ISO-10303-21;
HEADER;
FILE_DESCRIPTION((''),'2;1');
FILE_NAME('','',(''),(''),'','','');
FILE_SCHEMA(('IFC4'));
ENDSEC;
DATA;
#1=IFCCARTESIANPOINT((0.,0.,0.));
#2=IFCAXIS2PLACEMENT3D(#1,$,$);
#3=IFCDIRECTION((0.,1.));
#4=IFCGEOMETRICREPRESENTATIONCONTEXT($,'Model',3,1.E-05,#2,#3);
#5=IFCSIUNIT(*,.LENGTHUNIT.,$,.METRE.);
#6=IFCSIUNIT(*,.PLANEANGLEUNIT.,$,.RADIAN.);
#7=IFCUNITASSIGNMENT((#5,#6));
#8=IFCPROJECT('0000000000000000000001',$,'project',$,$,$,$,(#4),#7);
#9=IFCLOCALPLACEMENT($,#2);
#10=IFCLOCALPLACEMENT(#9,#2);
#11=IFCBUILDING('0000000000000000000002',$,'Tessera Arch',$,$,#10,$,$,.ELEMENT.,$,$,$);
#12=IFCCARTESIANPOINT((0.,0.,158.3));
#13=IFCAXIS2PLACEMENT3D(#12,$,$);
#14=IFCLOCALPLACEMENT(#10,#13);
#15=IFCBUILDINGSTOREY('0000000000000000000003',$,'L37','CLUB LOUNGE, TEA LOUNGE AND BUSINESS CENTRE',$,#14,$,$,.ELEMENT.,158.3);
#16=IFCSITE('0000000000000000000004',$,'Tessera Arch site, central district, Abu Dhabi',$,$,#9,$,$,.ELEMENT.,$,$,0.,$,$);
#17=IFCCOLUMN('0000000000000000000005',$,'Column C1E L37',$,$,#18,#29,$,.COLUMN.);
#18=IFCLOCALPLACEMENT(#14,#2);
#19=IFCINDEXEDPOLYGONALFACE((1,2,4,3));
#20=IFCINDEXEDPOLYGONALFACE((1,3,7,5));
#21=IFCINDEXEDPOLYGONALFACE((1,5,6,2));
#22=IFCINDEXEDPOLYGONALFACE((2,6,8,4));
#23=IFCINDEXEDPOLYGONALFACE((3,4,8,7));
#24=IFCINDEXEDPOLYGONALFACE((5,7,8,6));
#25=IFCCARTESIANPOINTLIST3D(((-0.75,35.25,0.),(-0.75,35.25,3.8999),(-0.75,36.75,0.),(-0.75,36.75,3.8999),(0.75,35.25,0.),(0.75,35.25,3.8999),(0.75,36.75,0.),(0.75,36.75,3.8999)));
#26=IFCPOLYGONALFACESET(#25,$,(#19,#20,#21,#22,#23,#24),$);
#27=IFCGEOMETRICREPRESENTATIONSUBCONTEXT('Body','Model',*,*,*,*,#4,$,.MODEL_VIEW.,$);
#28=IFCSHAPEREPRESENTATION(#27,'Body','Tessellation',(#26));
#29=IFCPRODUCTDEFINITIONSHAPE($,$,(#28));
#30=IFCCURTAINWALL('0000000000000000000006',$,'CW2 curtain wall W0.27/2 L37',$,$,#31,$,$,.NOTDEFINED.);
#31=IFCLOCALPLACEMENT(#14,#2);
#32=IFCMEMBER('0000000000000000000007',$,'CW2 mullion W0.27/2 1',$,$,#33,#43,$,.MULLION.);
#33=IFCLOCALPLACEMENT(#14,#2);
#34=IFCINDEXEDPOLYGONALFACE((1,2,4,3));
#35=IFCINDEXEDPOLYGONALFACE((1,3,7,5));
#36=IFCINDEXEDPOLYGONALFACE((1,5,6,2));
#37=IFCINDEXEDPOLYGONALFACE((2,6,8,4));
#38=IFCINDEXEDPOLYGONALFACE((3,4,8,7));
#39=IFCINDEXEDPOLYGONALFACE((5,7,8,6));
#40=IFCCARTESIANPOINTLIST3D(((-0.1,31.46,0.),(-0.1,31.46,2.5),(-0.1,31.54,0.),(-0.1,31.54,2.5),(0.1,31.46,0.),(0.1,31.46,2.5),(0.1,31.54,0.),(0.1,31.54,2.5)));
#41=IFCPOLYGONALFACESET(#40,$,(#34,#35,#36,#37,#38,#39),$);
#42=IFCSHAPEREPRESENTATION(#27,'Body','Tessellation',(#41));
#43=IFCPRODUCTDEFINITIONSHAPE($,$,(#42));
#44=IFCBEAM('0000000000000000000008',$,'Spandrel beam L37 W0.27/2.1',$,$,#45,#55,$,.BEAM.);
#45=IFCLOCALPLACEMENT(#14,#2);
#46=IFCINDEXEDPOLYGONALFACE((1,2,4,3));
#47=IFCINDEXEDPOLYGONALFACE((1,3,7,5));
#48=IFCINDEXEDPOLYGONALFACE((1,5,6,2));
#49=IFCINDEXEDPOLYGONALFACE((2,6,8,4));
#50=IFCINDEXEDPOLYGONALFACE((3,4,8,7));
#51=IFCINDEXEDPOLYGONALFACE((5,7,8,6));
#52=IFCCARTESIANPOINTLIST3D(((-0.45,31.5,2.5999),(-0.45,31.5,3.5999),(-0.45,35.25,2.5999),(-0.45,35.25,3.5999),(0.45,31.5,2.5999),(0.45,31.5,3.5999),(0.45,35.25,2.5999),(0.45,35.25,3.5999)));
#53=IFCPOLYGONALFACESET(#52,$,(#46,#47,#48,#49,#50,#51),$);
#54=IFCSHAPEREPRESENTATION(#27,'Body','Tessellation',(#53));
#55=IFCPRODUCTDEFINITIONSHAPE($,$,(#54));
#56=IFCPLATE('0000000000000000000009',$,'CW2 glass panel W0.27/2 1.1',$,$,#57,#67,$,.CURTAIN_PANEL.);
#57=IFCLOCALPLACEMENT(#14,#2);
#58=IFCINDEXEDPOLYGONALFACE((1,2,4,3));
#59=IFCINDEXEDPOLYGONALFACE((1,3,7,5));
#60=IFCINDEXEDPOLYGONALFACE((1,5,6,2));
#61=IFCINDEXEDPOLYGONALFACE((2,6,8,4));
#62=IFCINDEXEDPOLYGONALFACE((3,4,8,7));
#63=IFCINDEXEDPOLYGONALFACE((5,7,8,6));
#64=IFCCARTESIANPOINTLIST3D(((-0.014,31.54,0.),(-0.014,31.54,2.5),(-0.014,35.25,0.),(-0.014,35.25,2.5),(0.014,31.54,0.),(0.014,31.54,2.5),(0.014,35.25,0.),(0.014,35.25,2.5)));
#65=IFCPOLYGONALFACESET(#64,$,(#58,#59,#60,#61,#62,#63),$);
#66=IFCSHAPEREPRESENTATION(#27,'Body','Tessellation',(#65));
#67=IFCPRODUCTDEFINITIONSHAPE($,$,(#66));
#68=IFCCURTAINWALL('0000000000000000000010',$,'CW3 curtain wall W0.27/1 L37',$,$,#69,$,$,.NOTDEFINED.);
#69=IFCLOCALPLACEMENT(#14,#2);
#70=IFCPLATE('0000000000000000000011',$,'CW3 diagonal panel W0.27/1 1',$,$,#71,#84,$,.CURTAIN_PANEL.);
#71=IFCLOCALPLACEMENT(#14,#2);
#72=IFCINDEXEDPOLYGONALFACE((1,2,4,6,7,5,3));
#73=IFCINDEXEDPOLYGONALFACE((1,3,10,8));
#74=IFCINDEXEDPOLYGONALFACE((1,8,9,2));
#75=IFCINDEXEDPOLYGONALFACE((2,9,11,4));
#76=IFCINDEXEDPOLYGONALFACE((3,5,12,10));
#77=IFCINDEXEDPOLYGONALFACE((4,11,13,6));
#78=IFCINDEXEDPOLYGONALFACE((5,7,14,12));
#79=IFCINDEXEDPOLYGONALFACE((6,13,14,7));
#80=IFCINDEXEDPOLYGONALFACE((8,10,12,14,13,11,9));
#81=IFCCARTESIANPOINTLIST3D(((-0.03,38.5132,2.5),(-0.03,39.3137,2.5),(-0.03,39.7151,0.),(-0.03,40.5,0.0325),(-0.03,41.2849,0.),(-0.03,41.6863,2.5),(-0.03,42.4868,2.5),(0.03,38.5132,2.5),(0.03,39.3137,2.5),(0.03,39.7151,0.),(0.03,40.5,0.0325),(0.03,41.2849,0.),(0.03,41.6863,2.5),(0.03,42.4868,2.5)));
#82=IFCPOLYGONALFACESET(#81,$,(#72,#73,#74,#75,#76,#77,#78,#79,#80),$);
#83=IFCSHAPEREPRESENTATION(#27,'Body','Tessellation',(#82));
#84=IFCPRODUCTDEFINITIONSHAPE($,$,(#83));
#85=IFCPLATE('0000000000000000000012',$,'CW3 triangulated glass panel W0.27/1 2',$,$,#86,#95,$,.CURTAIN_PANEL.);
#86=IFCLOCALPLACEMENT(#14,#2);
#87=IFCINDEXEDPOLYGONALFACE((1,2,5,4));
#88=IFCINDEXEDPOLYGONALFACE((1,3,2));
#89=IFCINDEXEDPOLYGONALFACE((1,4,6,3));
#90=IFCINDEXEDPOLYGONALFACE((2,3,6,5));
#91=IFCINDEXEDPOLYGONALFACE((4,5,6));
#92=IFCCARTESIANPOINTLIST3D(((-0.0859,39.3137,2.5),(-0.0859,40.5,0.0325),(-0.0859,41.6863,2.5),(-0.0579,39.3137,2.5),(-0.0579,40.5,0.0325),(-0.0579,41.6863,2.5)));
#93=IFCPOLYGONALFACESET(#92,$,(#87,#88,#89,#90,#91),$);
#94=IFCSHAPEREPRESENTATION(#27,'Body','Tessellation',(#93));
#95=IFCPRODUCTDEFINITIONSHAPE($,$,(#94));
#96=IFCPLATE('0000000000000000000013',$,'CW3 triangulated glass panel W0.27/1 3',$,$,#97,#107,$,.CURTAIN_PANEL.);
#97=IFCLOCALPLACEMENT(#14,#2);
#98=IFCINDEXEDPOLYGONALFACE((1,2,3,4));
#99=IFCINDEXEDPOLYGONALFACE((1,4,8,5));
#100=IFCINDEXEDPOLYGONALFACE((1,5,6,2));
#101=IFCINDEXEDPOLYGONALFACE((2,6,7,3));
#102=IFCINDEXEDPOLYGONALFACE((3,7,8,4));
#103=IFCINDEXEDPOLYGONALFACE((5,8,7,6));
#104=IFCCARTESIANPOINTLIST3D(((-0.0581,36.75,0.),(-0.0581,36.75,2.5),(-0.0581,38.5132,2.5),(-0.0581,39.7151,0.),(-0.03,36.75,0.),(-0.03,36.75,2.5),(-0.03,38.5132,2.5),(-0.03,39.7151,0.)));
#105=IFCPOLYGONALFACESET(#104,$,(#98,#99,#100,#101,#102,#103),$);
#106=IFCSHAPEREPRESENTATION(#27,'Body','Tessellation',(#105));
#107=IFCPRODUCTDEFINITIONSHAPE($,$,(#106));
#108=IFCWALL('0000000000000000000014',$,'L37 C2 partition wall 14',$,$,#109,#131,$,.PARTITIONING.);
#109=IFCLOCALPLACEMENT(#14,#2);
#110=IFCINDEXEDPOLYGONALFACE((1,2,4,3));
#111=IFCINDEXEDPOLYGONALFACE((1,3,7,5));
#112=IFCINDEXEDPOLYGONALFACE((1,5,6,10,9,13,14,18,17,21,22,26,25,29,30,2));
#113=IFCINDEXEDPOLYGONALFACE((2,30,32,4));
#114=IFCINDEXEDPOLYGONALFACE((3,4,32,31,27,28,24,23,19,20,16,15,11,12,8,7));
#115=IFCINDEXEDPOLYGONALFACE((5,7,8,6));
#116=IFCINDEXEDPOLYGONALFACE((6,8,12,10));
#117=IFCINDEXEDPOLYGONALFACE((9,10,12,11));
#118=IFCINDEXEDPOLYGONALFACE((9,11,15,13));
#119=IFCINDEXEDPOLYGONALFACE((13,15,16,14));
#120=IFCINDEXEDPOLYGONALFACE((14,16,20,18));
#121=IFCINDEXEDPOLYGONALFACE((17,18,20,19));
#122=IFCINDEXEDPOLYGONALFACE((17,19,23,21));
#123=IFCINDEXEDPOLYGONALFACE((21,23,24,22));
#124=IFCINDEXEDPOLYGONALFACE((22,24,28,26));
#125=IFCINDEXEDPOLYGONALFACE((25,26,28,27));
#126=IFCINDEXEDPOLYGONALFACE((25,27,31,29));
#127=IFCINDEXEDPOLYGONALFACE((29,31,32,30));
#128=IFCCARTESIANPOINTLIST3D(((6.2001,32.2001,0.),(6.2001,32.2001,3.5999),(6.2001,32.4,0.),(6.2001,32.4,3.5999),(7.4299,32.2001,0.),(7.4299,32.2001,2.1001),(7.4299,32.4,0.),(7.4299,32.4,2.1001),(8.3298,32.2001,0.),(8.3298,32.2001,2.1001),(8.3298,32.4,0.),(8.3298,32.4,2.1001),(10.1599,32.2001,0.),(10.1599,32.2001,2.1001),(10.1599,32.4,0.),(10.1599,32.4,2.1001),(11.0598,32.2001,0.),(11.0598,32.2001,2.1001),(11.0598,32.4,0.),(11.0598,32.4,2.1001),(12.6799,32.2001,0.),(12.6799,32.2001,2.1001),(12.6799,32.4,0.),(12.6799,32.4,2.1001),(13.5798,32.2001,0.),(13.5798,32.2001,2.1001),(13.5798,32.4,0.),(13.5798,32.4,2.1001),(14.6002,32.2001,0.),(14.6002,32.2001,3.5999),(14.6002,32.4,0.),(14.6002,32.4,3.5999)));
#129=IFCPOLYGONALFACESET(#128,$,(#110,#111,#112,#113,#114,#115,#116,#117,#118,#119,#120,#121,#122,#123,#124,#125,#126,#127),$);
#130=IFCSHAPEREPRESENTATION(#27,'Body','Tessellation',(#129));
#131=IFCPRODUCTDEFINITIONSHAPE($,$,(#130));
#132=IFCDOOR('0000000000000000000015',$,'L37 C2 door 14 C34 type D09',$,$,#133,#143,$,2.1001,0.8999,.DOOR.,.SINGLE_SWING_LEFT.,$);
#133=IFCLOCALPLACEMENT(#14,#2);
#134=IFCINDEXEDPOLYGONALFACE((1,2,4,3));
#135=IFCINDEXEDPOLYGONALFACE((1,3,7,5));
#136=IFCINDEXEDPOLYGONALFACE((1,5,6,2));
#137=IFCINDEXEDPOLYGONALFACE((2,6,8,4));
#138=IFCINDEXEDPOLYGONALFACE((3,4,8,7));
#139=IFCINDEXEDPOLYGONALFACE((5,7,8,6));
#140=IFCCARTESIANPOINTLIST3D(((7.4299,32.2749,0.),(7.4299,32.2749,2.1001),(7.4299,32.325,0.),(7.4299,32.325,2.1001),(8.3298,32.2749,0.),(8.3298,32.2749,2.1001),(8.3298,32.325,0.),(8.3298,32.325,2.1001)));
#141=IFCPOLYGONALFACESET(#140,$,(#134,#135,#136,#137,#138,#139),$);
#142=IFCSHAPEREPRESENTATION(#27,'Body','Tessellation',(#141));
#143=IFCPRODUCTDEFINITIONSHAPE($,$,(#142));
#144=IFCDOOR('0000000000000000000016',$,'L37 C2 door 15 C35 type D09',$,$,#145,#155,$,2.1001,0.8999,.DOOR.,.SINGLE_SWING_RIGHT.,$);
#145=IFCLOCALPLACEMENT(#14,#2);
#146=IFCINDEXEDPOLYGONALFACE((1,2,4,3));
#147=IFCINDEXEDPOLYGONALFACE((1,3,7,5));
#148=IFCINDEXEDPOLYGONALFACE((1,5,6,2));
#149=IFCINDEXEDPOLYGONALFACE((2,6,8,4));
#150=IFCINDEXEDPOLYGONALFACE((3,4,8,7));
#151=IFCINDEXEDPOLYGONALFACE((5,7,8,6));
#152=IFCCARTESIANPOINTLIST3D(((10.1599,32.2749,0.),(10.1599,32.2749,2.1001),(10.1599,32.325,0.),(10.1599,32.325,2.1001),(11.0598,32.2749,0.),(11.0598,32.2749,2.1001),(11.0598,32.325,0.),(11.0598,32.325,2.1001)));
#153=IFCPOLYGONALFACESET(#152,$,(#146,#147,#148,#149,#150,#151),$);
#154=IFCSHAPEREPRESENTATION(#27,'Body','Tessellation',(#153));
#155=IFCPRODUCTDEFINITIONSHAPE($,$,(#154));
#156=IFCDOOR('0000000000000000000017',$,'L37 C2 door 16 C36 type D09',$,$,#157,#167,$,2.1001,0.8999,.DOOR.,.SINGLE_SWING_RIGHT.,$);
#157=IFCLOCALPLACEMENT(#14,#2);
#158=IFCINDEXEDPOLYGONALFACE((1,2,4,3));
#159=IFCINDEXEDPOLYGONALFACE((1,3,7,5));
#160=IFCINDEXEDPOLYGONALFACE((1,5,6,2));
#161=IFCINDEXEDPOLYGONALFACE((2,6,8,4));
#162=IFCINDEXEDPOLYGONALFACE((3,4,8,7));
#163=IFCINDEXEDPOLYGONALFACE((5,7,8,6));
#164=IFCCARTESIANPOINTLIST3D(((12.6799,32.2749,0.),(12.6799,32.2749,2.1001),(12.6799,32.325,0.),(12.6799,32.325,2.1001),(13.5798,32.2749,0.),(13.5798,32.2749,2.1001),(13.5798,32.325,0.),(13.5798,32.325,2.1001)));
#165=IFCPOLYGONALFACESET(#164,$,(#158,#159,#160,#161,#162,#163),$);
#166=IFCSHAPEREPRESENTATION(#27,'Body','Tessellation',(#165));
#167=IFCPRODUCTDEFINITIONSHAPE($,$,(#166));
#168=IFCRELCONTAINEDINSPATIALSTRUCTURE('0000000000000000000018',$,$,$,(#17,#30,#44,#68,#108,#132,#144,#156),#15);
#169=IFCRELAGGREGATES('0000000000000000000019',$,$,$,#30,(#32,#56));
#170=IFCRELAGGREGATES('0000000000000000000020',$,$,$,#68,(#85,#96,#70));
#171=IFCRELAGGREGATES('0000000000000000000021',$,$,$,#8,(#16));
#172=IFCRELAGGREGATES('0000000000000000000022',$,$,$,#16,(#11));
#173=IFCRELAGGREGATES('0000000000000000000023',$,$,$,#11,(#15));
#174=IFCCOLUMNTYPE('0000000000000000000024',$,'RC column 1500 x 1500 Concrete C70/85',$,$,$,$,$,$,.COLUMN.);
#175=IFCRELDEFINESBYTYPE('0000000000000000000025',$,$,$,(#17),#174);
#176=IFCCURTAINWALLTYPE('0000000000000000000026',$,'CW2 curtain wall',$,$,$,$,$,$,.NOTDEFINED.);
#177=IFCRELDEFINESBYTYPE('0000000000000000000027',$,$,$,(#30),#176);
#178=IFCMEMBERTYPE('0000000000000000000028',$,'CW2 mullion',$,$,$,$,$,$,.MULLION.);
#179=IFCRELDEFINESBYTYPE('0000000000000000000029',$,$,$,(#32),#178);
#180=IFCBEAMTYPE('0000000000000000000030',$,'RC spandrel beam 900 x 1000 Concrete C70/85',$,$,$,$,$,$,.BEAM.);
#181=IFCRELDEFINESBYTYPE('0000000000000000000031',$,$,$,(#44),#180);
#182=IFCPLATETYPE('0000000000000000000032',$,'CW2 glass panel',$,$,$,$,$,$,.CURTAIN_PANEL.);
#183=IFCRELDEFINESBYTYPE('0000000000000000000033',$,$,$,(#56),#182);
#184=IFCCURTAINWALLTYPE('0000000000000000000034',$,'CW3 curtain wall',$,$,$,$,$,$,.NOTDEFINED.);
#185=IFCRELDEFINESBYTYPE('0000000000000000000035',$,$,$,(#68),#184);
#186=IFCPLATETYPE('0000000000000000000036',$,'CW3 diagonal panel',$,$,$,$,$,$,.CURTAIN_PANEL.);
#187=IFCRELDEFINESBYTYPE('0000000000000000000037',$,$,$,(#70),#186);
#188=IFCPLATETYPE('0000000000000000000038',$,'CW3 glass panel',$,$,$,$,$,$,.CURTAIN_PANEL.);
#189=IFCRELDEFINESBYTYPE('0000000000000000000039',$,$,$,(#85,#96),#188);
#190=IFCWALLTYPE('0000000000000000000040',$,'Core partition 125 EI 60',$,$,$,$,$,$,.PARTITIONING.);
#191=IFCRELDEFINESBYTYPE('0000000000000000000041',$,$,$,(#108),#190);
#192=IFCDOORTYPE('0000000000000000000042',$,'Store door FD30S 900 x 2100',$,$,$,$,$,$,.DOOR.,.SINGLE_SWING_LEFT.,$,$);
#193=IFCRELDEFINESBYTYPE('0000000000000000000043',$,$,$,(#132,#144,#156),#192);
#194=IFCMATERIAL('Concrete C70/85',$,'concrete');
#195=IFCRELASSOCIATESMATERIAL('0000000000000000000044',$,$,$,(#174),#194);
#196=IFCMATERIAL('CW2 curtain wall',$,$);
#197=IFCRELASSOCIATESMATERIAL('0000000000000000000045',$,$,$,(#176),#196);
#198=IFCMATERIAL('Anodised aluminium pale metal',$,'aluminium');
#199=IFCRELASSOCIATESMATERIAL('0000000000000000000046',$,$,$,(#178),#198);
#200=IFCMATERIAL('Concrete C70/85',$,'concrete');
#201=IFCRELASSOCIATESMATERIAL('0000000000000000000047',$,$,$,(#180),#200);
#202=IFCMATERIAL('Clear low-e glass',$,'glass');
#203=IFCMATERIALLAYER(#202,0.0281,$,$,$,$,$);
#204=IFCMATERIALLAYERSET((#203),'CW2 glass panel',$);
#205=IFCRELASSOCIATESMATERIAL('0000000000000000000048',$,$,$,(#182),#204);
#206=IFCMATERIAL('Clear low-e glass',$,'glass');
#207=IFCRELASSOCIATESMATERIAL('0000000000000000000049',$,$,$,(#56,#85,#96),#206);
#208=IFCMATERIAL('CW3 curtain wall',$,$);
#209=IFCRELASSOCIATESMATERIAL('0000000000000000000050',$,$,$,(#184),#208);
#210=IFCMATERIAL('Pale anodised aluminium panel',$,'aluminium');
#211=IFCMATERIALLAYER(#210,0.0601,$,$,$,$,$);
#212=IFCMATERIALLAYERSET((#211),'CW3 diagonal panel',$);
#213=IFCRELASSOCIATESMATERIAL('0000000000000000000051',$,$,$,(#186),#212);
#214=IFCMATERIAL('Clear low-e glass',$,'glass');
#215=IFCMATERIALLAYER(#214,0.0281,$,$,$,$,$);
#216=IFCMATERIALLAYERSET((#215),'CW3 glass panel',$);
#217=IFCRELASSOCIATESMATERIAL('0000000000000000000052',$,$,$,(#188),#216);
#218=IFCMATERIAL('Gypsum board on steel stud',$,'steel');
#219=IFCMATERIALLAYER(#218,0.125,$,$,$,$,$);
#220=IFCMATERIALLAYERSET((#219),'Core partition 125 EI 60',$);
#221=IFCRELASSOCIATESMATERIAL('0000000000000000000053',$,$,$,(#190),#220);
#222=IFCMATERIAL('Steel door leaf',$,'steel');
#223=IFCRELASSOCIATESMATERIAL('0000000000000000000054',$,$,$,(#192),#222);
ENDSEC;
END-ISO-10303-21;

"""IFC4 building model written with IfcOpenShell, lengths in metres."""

from ifc_helpers import new_model, si_unit, direction, frame, frame_2d, origin, origin_2d, place, context, subcontext, project, spatial, polyline, rectangle, outline, extrude, material, layer, layer_set, material_profile, profile_set, type_object, element, fill, aggregate, save


model = new_model("IFC4")

# Units and contexts
model_context = context("Model", 3, precision=1e-05, world=origin(), true_north=direction((0.0, 1.0)))
body_context = subcontext(model_context, "Body", "Model", "MODEL_VIEW")
ifc_project = project(units=[si_unit("LENGTHUNIT", "METRE"), si_unit("PLANEANGLEUNIT", "RADIAN")], contexts=[model_context])

# Site, building, storey
site_placement = place(None, origin())
site = spatial("IfcSite", under=ifc_project, at=site_placement, Name="Tessera Arch site, central district, Abu Dhabi", CompositionType="ELEMENT", RefElevation=0.0)
building_placement = place(site_placement, origin())
building = spatial("IfcBuilding", under=site, at=building_placement, Name="Tessera Arch", CompositionType="ELEMENT")
storey_placement = place(building_placement, frame((0.0, 0.0, 158.3)))
storey = spatial("IfcBuildingStorey", under=building, at=storey_placement, Name="L37", Description="CLUB LOUNGE, TEA LOUNGE AND BUSINESS CENTRE", CompositionType="ELEMENT", Elevation=158.3)

# Column
ifc_material_1 = material(Name="Concrete C70/85", Category="concrete")
ifc_material_profile_1 = material_profile(ifc_material_1, rectangle(XDim=1.5, YDim=1.5, at=origin_2d()), Name="RC column 1500 x 1500 Concrete C70/85")
ifc_profile_set_1 = profile_set([ifc_material_profile_1], Name="Concrete C70/85")
column_type = type_object("IfcColumnType", Name="RC column 1500 x 1500 Concrete C70/85", PredefinedType="COLUMN", material=ifc_profile_set_1)
column_placement = place(storey_placement, frame((0.0, 36.0, 0.0), z_axis=(0.0, 0.0, 1.0), x_axis=(1.0, 0.0, 0.0)))
element("IfcColumn", 1, at=column_placement, inside=storey, type_object=column_type, Name="Column C1E L37", PredefinedType="COLUMN", context=body_context, shape_type="SweptSolid", body=[
    extrude(rectangle(XDim=1.5, YDim=1.5, at=origin_2d()), origin(), (0.0, 0.0, 1.0), 3.8999),
])

# Curtain wall, member
ifc_material_2 = material(Name="CW2 curtain wall")
curtain_wall_type_1 = type_object("IfcCurtainWallType", Name="CW2 curtain wall", PredefinedType="NOTDEFINED", material=ifc_material_2)
curtain_wall_1_placement = place(storey_placement, origin())
curtain_wall_1 = element("IfcCurtainWall", 2, at=curtain_wall_1_placement, inside=storey, type_object=curtain_wall_type_1, Name="CW2 curtain wall W0.27/2 L37", PredefinedType="NOTDEFINED")
ifc_material_3 = material(Name="Anodised aluminium pale metal", Category="aluminium")
ifc_material_profile_2 = material_profile(ifc_material_3, rectangle(XDim=0.2, YDim=0.0801, at=origin_2d()), Name="AL 80x200")
ifc_profile_set_2 = profile_set([ifc_material_profile_2], Name="Anodised aluminium pale metal")
member_type = type_object("IfcMemberType", Name="CW2 mullion", PredefinedType="MULLION", material=ifc_profile_set_2)
member_placement = place(storey_placement, frame((0.0, 31.5, 0.0), z_axis=(0.0, 0.0, 1.0), x_axis=(1.0, 0.0, 0.0)))
member = element("IfcMember", 3, at=member_placement, type_object=member_type, Name="CW2 mullion W0.27/2 1", PredefinedType="MULLION", context=body_context, shape_type="SweptSolid", body=[
    extrude(rectangle(XDim=0.2, YDim=0.0801, at=origin_2d()), origin(), (0.0, 0.0, 1.0), 2.5),
])

# Beam
ifc_material_4 = material(Name="Concrete C70/85", Category="concrete")
ifc_material_profile_3 = material_profile(ifc_material_4, rectangle(XDim=0.8999, YDim=1.0, at=origin_2d()), Name="RC spandrel beam 900 x 1000 Concrete C70/85")
ifc_profile_set_3 = profile_set([ifc_material_profile_3], Name="Concrete C70/85")
beam_type = type_object("IfcBeamType", Name="RC spandrel beam 900 x 1000 Concrete C70/85", PredefinedType="BEAM", material=ifc_profile_set_3)
beam_placement = place(storey_placement, frame((0.0, 35.25, 3.0999), z_axis=(0.0, -1.0, 0.0), x_axis=(1.0, 0.0, 0.0)))
element("IfcBeam", 4, at=beam_placement, inside=storey, type_object=beam_type, Name="Spandrel beam L37 W0.27/2.1", PredefinedType="BEAM", context=body_context, shape_type="SweptSolid", body=[
    extrude(rectangle(XDim=0.8999, YDim=1.0, at=origin_2d()), origin(), (0.0, 0.0, 1.0), 3.75),
])

# Plate
ifc_material_5 = material(Name="Clear low-e glass", Category="glass")
ifc_material_6 = material(Name="Clear low-e glass", Category="glass")
ifc_layer_1 = layer(ifc_material_6, 0.0281)
ifc_layer_set_1 = layer_set([ifc_layer_1], Name="CW2 glass panel")
plate_type_1 = type_object("IfcPlateType", Name="CW2 glass panel", PredefinedType="CURTAIN_PANEL", material=ifc_layer_set_1)
plate_1_placement = place(storey_placement, frame((0.0, 33.395, 0.0), z_axis=(0.0, 0.0, 1.0), x_axis=(0.0, -1.0, 0.0)))
plate_1 = element("IfcPlate", 5, at=plate_1_placement, type_object=plate_type_1, material=ifc_material_5, Name="CW2 glass panel W0.27/2 1.1", PredefinedType="CURTAIN_PANEL", context=body_context, shape_type="SweptSolid", body=[
    extrude(rectangle(XDim=3.71, YDim=0.0281, at=origin_2d()), origin(), (0.0, 0.0, 1.0), 2.5),
])
aggregate(curtain_wall_1, [member, plate_1])

# Curtain wall, plates
ifc_material_7 = material(Name="CW3 curtain wall")
curtain_wall_type_2 = type_object("IfcCurtainWallType", Name="CW3 curtain wall", PredefinedType="NOTDEFINED", material=ifc_material_7)
curtain_wall_2_placement = place(storey_placement, origin())
curtain_wall_2 = element("IfcCurtainWall", 6, at=curtain_wall_2_placement, inside=storey, type_object=curtain_wall_type_2, Name="CW3 curtain wall W0.27/1 L37", PredefinedType="NOTDEFINED")
ifc_material_8 = material(Name="Pale anodised aluminium panel", Category="aluminium")
ifc_layer_2 = layer(ifc_material_8, 0.0601)
ifc_layer_set_2 = layer_set([ifc_layer_2], Name="CW3 diagonal panel")
plate_type_2 = type_object("IfcPlateType", Name="CW3 diagonal panel", PredefinedType="CURTAIN_PANEL", material=ifc_layer_set_2)
plate_2_placement = place(storey_placement, frame((-0.03, 38.5132, 2.5), z_axis=(-1.0, 0.0, 0.0), x_axis=(0.0, 1.0, 0.0)))
plate_2 = element("IfcPlate", 7, at=plate_2_placement, type_object=plate_type_2, Name="CW3 diagonal panel W0.27/1 1", PredefinedType="CURTAIN_PANEL", context=body_context, shape_type="SweptSolid", body=[
    extrude(outline(polyline([(0.0, 0.0), (0.8005, 0.0), (1.9868, 2.4675), (3.1731, 0.0), (3.9736, 0.0), (2.7717, 2.5), (1.2019, 2.5), (0.0, 0.0)])), origin(), (0.0, 0.0, -1.0), 0.0601),
])
ifc_material_9 = material(Name="Clear low-e glass", Category="glass")
ifc_layer_3 = layer(ifc_material_9, 0.0281)
ifc_layer_set_3 = layer_set([ifc_layer_3], Name="CW3 glass panel")
plate_type_3 = type_object("IfcPlateType", Name="CW3 glass panel", PredefinedType="CURTAIN_PANEL", material=ifc_layer_set_3)
plate_3_placement = place(storey_placement, frame((-0.0859, 39.3137, 2.5), z_axis=(-1.0, 0.0, 0.0), x_axis=(0.0, 1.0, 0.0)))
plate_3 = element("IfcPlate", 8, at=plate_3_placement, type_object=plate_type_3, material=ifc_material_5, Name="CW3 triangulated glass panel W0.27/1 2", PredefinedType="CURTAIN_PANEL", context=body_context, shape_type="SweptSolid", body=[
    extrude(outline(polyline([(0.0, 0.0), (2.3726, 0.0), (1.1863, 2.4675), (0.0, 0.0)])), origin(), (0.0, 0.0, -1.0), 0.0281),
])
plate_4_placement = place(storey_placement, frame((-0.0581, 36.75, 2.5), z_axis=(-1.0, 0.0, 0.0), x_axis=(0.0, 1.0, 0.0)))
plate_4 = element("IfcPlate", 9, at=plate_4_placement, type_object=plate_type_3, material=ifc_material_5, Name="CW3 triangulated glass panel W0.27/1 3", PredefinedType="CURTAIN_PANEL", context=body_context, shape_type="SweptSolid", body=[
    extrude(outline(polyline([(0.0, 0.0), (1.7632, 0.0), (2.9651, 2.5), (0.0, 2.5), (0.0, 0.0)])), origin(), (0.0, 0.0, -1.0), 0.0281),
])
aggregate(curtain_wall_2, [plate_3, plate_4, plate_2])

# Wall, openings, doors
ifc_material_10 = material(Name="Gypsum board on steel stud", Category="steel")
ifc_layer_4 = layer(ifc_material_10, 0.125)
ifc_layer_set_4 = layer_set([ifc_layer_4], Name="Core partition 125 EI 60")
wall_type_1 = type_object("IfcWallType", Name="Core partition 125 EI 60", PredefinedType="PARTITIONING", material=ifc_layer_set_4)
wall_1_placement = place(storey_placement, frame((6.2, 32.3, 0.0), z_axis=(0.0, 0.0, 1.0), x_axis=(1.0, 0.0, 0.0)))
wall_1 = element("IfcWall", 10, at=wall_1_placement, inside=storey, type_object=wall_type_1, Name="L37 C2 partition wall 14", PredefinedType="PARTITIONING", context=body_context, shape_type="SweptSolid", body=[
    extrude(rectangle(XDim=8.4001, YDim=0.2, at=frame_2d((4.2002, 0.0))), origin(), (0.0, 0.0, 1.0), 3.5999),
])
opening_1_placement = place(wall_1_placement, frame((1.23, 0.0, 0.0)))
opening_1 = element("IfcOpeningElement", 11, at=opening_1_placement, cuts=wall_1, PredefinedType="OPENING", context=body_context, shape_type="SweptSolid", body=[
    extrude(rectangle(XDim=0.8999, YDim=2.1001, at=frame_2d((0.45, 1.05))), frame((0.0, 0.1099, 0.0), z_axis=(0.0, -1.0, 0.0), x_axis=(1.0, 0.0, 0.0)), (0.0, 0.0, 1.0), 0.22),
])
opening_2_placement = place(wall_1_placement, frame((3.96, 0.0, 0.0)))
opening_2 = element("IfcOpeningElement", 12, at=opening_2_placement, cuts=wall_1, PredefinedType="OPENING", context=body_context, shape_type="SweptSolid", body=[
    extrude(rectangle(XDim=0.8999, YDim=2.1001, at=frame_2d((0.45, 1.05))), frame((0.0, 0.1099, 0.0), z_axis=(0.0, -1.0, 0.0), x_axis=(1.0, 0.0, 0.0)), (0.0, 0.0, 1.0), 0.22),
])
opening_3_placement = place(wall_1_placement, frame((6.48, 0.0, 0.0)))
opening_3 = element("IfcOpeningElement", 13, at=opening_3_placement, cuts=wall_1, PredefinedType="OPENING", context=body_context, shape_type="SweptSolid", body=[
    extrude(rectangle(XDim=0.8999, YDim=2.1001, at=frame_2d((0.45, 1.05))), frame((0.0, 0.1099, 0.0), z_axis=(0.0, -1.0, 0.0), x_axis=(1.0, 0.0, 0.0)), (0.0, 0.0, 1.0), 0.22),
])
ifc_material_11 = material(Name="Steel door leaf", Category="steel")
door_type_1 = type_object("IfcDoorType", Name="Store door FD30S 900 x 2100", OperationType="SINGLE_SWING_LEFT", PredefinedType="DOOR", material=ifc_material_11)
door_1_placement = place(opening_1_placement, origin())
door_1 = element("IfcDoor", 14, at=door_1_placement, inside=storey, type_object=door_type_1, Name="L37 C2 door 14 C34 type D09", OperationType="SINGLE_SWING_LEFT", OverallHeight=2.1001, OverallWidth=0.8999, PredefinedType="DOOR", context=body_context, shape_type="SweptSolid", body=[
    extrude(rectangle(XDim=0.8999, YDim=2.1001, at=frame_2d((0.45, 1.05))), frame((0.0, 0.0249, 0.0), z_axis=(0.0, -1.0, 0.0), x_axis=(1.0, 0.0, 0.0)), (0.0, 0.0, 1.0), 0.05),
])
fill(opening_1, door_1)
door_2_placement = place(opening_2_placement, origin())
door_2 = element("IfcDoor", 15, at=door_2_placement, inside=storey, type_object=door_type_1, Name="L37 C2 door 15 C35 type D09", OperationType="SINGLE_SWING_RIGHT", OverallHeight=2.1001, OverallWidth=0.8999, PredefinedType="DOOR", context=body_context, shape_type="SweptSolid", body=[
    extrude(rectangle(XDim=0.8999, YDim=2.1001, at=frame_2d((0.45, 1.05))), frame((0.0, 0.0249, 0.0), z_axis=(0.0, -1.0, 0.0), x_axis=(1.0, 0.0, 0.0)), (0.0, 0.0, 1.0), 0.05),
])
fill(opening_2, door_2)
door_3_placement = place(opening_3_placement, origin())
door_3 = element("IfcDoor", 16, at=door_3_placement, inside=storey, type_object=door_type_1, Name="L37 C2 door 16 C36 type D09", OperationType="SINGLE_SWING_RIGHT", OverallHeight=2.1001, OverallWidth=0.8999, PredefinedType="DOOR", context=body_context, shape_type="SweptSolid", body=[
    extrude(rectangle(XDim=0.8999, YDim=2.1001, at=frame_2d((0.45, 1.05))), frame((0.0, 0.0249, 0.0), z_axis=(0.0, -1.0, 0.0), x_axis=(1.0, 0.0, 0.0)), (0.0, 0.0, 1.0), 0.05),
])
fill(opening_3, door_3)

save(model, "model.ifc")
